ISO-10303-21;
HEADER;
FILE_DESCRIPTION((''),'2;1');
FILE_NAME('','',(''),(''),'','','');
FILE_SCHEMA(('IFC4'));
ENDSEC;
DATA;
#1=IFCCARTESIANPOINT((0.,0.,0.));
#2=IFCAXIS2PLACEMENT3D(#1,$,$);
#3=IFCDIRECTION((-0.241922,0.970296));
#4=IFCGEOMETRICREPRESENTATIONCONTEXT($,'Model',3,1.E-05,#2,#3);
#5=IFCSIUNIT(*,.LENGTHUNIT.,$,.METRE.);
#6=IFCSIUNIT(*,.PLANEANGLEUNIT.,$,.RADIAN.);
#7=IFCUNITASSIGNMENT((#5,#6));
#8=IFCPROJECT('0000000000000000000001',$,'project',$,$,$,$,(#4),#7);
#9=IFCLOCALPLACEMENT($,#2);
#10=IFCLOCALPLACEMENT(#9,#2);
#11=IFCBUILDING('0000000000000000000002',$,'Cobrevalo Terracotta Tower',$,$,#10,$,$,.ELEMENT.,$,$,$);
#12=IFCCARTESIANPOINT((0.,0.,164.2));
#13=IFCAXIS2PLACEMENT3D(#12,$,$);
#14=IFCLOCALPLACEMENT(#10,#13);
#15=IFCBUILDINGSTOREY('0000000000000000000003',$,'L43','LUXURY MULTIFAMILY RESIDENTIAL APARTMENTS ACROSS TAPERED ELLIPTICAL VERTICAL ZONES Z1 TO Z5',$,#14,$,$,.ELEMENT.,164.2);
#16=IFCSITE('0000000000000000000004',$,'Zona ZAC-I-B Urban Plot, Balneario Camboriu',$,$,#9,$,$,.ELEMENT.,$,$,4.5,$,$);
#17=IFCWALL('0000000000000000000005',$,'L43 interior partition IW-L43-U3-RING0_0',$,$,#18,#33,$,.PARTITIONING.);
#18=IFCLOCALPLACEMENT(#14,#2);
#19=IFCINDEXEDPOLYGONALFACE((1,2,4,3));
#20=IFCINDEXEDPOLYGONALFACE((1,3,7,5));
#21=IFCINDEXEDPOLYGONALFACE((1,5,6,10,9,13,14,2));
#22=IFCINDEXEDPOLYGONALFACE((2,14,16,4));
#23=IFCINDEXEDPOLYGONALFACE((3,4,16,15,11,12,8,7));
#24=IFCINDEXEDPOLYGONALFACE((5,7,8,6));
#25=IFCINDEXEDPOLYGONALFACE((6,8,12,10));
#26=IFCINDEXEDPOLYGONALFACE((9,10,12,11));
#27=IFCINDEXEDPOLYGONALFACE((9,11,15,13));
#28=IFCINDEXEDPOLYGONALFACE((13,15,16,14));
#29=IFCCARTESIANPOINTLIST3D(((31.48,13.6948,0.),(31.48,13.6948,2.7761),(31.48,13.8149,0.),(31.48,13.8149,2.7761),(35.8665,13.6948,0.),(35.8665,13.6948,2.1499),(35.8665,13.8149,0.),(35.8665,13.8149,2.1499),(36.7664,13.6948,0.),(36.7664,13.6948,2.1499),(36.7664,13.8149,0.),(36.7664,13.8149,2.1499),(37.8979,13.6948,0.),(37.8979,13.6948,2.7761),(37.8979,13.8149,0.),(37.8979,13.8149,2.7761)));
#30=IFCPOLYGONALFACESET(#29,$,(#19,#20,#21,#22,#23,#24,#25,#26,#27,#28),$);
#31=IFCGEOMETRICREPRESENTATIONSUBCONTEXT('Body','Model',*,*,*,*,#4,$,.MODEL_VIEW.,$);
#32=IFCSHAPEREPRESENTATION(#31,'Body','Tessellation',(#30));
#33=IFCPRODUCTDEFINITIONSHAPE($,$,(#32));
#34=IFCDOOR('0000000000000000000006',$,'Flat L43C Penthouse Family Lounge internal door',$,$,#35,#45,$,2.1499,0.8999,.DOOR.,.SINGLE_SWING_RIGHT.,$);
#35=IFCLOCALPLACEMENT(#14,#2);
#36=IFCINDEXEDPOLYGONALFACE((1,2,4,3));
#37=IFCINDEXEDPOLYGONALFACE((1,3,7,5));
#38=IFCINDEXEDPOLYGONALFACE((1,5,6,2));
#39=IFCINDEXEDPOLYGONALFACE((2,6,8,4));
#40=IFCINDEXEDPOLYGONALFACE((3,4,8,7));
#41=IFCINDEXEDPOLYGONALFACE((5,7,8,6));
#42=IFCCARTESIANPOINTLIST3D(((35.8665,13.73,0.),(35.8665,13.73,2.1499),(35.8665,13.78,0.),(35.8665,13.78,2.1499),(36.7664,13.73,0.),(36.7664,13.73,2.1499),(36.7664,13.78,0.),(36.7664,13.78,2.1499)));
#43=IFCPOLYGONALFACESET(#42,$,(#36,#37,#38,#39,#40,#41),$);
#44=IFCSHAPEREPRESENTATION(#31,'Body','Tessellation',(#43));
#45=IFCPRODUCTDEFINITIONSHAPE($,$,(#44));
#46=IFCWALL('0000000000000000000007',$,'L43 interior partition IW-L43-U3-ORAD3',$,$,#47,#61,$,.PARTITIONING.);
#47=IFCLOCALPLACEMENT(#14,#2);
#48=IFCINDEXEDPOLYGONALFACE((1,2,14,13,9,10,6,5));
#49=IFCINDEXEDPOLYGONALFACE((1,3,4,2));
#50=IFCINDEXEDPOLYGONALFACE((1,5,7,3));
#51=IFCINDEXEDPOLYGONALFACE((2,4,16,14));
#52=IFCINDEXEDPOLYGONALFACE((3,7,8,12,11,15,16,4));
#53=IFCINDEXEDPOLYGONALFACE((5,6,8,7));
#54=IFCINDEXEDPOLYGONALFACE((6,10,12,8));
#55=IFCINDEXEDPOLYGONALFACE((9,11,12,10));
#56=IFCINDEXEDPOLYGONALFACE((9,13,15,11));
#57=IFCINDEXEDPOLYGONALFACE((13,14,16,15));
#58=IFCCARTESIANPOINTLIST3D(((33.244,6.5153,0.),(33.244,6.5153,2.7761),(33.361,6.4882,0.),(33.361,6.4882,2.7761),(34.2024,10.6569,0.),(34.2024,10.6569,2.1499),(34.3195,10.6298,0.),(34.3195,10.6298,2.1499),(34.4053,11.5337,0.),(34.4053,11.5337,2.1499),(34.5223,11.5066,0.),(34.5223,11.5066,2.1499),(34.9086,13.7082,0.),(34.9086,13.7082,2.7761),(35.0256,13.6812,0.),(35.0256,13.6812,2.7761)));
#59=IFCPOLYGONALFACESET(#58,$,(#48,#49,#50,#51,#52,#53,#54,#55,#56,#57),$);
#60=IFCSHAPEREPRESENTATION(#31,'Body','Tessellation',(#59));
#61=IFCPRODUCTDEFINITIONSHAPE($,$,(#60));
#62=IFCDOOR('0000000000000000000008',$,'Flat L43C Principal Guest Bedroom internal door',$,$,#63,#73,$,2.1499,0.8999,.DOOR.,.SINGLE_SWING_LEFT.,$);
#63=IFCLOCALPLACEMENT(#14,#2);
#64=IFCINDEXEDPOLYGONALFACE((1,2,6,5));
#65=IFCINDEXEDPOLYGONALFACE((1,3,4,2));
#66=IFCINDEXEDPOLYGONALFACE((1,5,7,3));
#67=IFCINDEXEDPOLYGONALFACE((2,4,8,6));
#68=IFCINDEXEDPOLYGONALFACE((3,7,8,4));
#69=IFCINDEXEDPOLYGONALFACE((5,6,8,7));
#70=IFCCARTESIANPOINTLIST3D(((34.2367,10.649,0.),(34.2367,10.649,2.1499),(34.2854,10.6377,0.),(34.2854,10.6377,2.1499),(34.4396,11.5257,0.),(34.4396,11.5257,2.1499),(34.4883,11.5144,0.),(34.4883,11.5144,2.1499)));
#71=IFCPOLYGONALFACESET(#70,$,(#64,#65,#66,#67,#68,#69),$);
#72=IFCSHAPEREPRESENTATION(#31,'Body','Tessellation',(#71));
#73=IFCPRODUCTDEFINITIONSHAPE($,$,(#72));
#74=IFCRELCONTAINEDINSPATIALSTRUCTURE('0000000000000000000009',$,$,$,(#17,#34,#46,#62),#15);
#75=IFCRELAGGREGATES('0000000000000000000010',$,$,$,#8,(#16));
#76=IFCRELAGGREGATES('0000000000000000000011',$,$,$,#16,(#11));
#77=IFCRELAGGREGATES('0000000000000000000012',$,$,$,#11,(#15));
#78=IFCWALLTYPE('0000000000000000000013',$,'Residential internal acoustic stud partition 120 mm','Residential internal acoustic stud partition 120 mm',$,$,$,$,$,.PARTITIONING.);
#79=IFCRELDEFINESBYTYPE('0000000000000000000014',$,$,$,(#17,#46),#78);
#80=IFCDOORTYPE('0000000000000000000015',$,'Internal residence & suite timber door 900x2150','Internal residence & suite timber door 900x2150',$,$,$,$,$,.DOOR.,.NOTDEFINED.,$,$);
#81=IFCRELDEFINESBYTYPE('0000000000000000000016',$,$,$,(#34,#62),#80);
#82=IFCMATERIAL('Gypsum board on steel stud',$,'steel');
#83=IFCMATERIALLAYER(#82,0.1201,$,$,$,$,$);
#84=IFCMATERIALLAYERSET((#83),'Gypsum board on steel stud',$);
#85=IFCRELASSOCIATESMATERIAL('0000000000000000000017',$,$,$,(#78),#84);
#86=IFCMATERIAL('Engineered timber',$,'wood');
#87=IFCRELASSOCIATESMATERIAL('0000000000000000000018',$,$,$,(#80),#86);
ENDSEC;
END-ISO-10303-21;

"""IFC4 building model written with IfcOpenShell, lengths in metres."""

from ifc_helpers import new_model, si_unit, direction, frame, frame_2d, origin, place, context, subcontext, project, spatial, rectangle, extrude, source, transform, mapped, material, layer, layer_set, type_object, element, fill, save


model = new_model("IFC4")

# Units and contexts
model_context = context("Model", 3, precision=1e-05, world=origin(), true_north=direction((-0.241922, 0.970296)))
body_context = subcontext(model_context, "Body", "Model", "MODEL_VIEW")
ifc_project = project(units=[si_unit("LENGTHUNIT", "METRE"), si_unit("PLANEANGLEUNIT", "RADIAN")], contexts=[model_context])

# Site, building, storey
site_placement = place(None, origin())
site = spatial("IfcSite", under=ifc_project, at=site_placement, Name="Zona ZAC-I-B Urban Plot, Balneario Camboriu", CompositionType="ELEMENT", RefElevation=4.5)
building_placement = place(site_placement, origin())
building = spatial("IfcBuilding", under=site, at=building_placement, Name="Cobrevalo Terracotta Tower", CompositionType="ELEMENT")
storey_placement = place(building_placement, frame((0.0, 0.0, 164.2)))
storey = spatial("IfcBuildingStorey", under=building, at=storey_placement, Name="L43", Description="LUXURY MULTIFAMILY RESIDENTIAL APARTMENTS ACROSS TAPERED ELLIPTICAL VERTICAL ZONES Z1 TO Z5", CompositionType="ELEMENT", Elevation=164.2)

# Walls, openings, doors
ifc_material_1 = material(Name="Gypsum board on steel stud", Category="steel")
ifc_layer_1 = layer(ifc_material_1, 0.1201)
ifc_layer_set_1 = layer_set([ifc_layer_1], Name="Gypsum board on steel stud")
wall_type_1 = type_object("IfcWallType", Name="Residential internal acoustic stud partition 120 mm", Description="Residential internal acoustic stud partition 120 mm", PredefinedType="PARTITIONING", material=ifc_layer_set_1)
wall_1_placement = place(storey_placement, frame((37.8979, 13.7549, 0.0), z_axis=(0.0, 0.0, 1.0), x_axis=(-1.0, 0.0, 0.0)))
wall_1 = element("IfcWall", 1, at=wall_1_placement, inside=storey, type_object=wall_type_1, Name="L43 interior partition IW-L43-U3-RING0_0", PredefinedType="PARTITIONING", context=body_context, shape_type="SweptSolid", body=[
    extrude(rectangle(XDim=6.418, YDim=0.1201, at=frame_2d((3.209, 0.0))), origin(), (0.0, 0.0, 1.0), 2.7761),
])
opening_1_placement = place(wall_1_placement, frame((1.1316, 0.0, 0.0)))
opening_1 = element("IfcOpeningElement", 2, at=opening_1_placement, cuts=wall_1, PredefinedType="OPENING", context=body_context, shape_type="SweptSolid", body=[
    extrude(rectangle(XDim=0.8999, YDim=2.1499, at=frame_2d((0.45, 1.075))), frame((0.0, 0.0701, 0.0), z_axis=(0.0, -1.0, 0.0), x_axis=(1.0, 0.0, 0.0)), (0.0, 0.0, 1.0), 0.1401),
])
ifc_material_2 = material(Name="Engineered timber", Category="wood")
door_type_1 = type_object("IfcDoorType", Name="Internal residence & suite timber door 900x2150", Description="Internal residence & suite timber door 900x2150", OperationType="NOTDEFINED", PredefinedType="DOOR", material=ifc_material_2)
shared_shape_1 = source(origin(), body_context, "Body", "SweptSolid", [
    extrude(rectangle(XDim=0.8999, YDim=2.1499, at=frame_2d((0.45, 1.075))), frame((0.0, 0.0249, 0.0), z_axis=(0.0, -1.0, 0.0), x_axis=(1.0, 0.0, 0.0)), (0.0, 0.0, 1.0), 0.05),
])
door_1_placement = place(opening_1_placement, origin())
door_1 = element("IfcDoor", 3, at=door_1_placement, inside=storey, type_object=door_type_1, Name="Flat L43C Penthouse Family Lounge internal door", OperationType="SINGLE_SWING_RIGHT", OverallHeight=2.1499, OverallWidth=0.8999, PredefinedType="DOOR", context=body_context, shape_type="MappedRepresentation", body=[
    mapped(shared_shape_1, transform((0.0, 0.0, 0.0), scale=1.0)),
])
fill(opening_1, door_1)
wall_2_placement = place(storey_placement, frame((34.967, 13.6946, 0.0), z_axis=(0.0, 0.0, 1.0), x_axis=(-0.225458, -0.974253, 0.0)))
wall_2 = element("IfcWall", 4, at=wall_2_placement, inside=storey, type_object=wall_type_1, Name="L43 interior partition IW-L43-U3-ORAD3", PredefinedType="PARTITIONING", context=body_context, shape_type="SweptSolid", body=[
    extrude(rectangle(XDim=7.3831, YDim=0.1201, at=frame_2d((3.6914, 0.0))), origin(), (0.0, 0.0, 1.0), 2.7761),
])
opening_2_placement = place(wall_2_placement, frame((2.2319, 0.0, 0.0)))
opening_2 = element("IfcOpeningElement", 5, at=opening_2_placement, cuts=wall_2, PredefinedType="OPENING", context=body_context, shape_type="SweptSolid", body=[
    extrude(rectangle(XDim=0.8999, YDim=2.1499, at=frame_2d((0.45, 1.075))), frame((0.0, 0.0701, 0.0), z_axis=(0.0, -1.0, 0.0), x_axis=(1.0, 0.0, 0.0)), (0.0, 0.0, 1.0), 0.1401),
])
door_2_placement = place(opening_2_placement, frame((0.8999, 0.0, 0.0), z_axis=(0.0, 0.0, 1.0), x_axis=(-1.0, 0.0, 0.0)))
door_2 = element("IfcDoor", 6, at=door_2_placement, inside=storey, type_object=door_type_1, Name="Flat L43C Principal Guest Bedroom internal door", OperationType="SINGLE_SWING_LEFT", OverallHeight=2.1499, OverallWidth=0.8999, PredefinedType="DOOR", context=body_context, shape_type="MappedRepresentation", body=[
    mapped(shared_shape_1, transform((0.0, 0.0, 0.0), scale=1.0)),
])
fill(opening_2, door_2)

save(model, "model.ifc")
